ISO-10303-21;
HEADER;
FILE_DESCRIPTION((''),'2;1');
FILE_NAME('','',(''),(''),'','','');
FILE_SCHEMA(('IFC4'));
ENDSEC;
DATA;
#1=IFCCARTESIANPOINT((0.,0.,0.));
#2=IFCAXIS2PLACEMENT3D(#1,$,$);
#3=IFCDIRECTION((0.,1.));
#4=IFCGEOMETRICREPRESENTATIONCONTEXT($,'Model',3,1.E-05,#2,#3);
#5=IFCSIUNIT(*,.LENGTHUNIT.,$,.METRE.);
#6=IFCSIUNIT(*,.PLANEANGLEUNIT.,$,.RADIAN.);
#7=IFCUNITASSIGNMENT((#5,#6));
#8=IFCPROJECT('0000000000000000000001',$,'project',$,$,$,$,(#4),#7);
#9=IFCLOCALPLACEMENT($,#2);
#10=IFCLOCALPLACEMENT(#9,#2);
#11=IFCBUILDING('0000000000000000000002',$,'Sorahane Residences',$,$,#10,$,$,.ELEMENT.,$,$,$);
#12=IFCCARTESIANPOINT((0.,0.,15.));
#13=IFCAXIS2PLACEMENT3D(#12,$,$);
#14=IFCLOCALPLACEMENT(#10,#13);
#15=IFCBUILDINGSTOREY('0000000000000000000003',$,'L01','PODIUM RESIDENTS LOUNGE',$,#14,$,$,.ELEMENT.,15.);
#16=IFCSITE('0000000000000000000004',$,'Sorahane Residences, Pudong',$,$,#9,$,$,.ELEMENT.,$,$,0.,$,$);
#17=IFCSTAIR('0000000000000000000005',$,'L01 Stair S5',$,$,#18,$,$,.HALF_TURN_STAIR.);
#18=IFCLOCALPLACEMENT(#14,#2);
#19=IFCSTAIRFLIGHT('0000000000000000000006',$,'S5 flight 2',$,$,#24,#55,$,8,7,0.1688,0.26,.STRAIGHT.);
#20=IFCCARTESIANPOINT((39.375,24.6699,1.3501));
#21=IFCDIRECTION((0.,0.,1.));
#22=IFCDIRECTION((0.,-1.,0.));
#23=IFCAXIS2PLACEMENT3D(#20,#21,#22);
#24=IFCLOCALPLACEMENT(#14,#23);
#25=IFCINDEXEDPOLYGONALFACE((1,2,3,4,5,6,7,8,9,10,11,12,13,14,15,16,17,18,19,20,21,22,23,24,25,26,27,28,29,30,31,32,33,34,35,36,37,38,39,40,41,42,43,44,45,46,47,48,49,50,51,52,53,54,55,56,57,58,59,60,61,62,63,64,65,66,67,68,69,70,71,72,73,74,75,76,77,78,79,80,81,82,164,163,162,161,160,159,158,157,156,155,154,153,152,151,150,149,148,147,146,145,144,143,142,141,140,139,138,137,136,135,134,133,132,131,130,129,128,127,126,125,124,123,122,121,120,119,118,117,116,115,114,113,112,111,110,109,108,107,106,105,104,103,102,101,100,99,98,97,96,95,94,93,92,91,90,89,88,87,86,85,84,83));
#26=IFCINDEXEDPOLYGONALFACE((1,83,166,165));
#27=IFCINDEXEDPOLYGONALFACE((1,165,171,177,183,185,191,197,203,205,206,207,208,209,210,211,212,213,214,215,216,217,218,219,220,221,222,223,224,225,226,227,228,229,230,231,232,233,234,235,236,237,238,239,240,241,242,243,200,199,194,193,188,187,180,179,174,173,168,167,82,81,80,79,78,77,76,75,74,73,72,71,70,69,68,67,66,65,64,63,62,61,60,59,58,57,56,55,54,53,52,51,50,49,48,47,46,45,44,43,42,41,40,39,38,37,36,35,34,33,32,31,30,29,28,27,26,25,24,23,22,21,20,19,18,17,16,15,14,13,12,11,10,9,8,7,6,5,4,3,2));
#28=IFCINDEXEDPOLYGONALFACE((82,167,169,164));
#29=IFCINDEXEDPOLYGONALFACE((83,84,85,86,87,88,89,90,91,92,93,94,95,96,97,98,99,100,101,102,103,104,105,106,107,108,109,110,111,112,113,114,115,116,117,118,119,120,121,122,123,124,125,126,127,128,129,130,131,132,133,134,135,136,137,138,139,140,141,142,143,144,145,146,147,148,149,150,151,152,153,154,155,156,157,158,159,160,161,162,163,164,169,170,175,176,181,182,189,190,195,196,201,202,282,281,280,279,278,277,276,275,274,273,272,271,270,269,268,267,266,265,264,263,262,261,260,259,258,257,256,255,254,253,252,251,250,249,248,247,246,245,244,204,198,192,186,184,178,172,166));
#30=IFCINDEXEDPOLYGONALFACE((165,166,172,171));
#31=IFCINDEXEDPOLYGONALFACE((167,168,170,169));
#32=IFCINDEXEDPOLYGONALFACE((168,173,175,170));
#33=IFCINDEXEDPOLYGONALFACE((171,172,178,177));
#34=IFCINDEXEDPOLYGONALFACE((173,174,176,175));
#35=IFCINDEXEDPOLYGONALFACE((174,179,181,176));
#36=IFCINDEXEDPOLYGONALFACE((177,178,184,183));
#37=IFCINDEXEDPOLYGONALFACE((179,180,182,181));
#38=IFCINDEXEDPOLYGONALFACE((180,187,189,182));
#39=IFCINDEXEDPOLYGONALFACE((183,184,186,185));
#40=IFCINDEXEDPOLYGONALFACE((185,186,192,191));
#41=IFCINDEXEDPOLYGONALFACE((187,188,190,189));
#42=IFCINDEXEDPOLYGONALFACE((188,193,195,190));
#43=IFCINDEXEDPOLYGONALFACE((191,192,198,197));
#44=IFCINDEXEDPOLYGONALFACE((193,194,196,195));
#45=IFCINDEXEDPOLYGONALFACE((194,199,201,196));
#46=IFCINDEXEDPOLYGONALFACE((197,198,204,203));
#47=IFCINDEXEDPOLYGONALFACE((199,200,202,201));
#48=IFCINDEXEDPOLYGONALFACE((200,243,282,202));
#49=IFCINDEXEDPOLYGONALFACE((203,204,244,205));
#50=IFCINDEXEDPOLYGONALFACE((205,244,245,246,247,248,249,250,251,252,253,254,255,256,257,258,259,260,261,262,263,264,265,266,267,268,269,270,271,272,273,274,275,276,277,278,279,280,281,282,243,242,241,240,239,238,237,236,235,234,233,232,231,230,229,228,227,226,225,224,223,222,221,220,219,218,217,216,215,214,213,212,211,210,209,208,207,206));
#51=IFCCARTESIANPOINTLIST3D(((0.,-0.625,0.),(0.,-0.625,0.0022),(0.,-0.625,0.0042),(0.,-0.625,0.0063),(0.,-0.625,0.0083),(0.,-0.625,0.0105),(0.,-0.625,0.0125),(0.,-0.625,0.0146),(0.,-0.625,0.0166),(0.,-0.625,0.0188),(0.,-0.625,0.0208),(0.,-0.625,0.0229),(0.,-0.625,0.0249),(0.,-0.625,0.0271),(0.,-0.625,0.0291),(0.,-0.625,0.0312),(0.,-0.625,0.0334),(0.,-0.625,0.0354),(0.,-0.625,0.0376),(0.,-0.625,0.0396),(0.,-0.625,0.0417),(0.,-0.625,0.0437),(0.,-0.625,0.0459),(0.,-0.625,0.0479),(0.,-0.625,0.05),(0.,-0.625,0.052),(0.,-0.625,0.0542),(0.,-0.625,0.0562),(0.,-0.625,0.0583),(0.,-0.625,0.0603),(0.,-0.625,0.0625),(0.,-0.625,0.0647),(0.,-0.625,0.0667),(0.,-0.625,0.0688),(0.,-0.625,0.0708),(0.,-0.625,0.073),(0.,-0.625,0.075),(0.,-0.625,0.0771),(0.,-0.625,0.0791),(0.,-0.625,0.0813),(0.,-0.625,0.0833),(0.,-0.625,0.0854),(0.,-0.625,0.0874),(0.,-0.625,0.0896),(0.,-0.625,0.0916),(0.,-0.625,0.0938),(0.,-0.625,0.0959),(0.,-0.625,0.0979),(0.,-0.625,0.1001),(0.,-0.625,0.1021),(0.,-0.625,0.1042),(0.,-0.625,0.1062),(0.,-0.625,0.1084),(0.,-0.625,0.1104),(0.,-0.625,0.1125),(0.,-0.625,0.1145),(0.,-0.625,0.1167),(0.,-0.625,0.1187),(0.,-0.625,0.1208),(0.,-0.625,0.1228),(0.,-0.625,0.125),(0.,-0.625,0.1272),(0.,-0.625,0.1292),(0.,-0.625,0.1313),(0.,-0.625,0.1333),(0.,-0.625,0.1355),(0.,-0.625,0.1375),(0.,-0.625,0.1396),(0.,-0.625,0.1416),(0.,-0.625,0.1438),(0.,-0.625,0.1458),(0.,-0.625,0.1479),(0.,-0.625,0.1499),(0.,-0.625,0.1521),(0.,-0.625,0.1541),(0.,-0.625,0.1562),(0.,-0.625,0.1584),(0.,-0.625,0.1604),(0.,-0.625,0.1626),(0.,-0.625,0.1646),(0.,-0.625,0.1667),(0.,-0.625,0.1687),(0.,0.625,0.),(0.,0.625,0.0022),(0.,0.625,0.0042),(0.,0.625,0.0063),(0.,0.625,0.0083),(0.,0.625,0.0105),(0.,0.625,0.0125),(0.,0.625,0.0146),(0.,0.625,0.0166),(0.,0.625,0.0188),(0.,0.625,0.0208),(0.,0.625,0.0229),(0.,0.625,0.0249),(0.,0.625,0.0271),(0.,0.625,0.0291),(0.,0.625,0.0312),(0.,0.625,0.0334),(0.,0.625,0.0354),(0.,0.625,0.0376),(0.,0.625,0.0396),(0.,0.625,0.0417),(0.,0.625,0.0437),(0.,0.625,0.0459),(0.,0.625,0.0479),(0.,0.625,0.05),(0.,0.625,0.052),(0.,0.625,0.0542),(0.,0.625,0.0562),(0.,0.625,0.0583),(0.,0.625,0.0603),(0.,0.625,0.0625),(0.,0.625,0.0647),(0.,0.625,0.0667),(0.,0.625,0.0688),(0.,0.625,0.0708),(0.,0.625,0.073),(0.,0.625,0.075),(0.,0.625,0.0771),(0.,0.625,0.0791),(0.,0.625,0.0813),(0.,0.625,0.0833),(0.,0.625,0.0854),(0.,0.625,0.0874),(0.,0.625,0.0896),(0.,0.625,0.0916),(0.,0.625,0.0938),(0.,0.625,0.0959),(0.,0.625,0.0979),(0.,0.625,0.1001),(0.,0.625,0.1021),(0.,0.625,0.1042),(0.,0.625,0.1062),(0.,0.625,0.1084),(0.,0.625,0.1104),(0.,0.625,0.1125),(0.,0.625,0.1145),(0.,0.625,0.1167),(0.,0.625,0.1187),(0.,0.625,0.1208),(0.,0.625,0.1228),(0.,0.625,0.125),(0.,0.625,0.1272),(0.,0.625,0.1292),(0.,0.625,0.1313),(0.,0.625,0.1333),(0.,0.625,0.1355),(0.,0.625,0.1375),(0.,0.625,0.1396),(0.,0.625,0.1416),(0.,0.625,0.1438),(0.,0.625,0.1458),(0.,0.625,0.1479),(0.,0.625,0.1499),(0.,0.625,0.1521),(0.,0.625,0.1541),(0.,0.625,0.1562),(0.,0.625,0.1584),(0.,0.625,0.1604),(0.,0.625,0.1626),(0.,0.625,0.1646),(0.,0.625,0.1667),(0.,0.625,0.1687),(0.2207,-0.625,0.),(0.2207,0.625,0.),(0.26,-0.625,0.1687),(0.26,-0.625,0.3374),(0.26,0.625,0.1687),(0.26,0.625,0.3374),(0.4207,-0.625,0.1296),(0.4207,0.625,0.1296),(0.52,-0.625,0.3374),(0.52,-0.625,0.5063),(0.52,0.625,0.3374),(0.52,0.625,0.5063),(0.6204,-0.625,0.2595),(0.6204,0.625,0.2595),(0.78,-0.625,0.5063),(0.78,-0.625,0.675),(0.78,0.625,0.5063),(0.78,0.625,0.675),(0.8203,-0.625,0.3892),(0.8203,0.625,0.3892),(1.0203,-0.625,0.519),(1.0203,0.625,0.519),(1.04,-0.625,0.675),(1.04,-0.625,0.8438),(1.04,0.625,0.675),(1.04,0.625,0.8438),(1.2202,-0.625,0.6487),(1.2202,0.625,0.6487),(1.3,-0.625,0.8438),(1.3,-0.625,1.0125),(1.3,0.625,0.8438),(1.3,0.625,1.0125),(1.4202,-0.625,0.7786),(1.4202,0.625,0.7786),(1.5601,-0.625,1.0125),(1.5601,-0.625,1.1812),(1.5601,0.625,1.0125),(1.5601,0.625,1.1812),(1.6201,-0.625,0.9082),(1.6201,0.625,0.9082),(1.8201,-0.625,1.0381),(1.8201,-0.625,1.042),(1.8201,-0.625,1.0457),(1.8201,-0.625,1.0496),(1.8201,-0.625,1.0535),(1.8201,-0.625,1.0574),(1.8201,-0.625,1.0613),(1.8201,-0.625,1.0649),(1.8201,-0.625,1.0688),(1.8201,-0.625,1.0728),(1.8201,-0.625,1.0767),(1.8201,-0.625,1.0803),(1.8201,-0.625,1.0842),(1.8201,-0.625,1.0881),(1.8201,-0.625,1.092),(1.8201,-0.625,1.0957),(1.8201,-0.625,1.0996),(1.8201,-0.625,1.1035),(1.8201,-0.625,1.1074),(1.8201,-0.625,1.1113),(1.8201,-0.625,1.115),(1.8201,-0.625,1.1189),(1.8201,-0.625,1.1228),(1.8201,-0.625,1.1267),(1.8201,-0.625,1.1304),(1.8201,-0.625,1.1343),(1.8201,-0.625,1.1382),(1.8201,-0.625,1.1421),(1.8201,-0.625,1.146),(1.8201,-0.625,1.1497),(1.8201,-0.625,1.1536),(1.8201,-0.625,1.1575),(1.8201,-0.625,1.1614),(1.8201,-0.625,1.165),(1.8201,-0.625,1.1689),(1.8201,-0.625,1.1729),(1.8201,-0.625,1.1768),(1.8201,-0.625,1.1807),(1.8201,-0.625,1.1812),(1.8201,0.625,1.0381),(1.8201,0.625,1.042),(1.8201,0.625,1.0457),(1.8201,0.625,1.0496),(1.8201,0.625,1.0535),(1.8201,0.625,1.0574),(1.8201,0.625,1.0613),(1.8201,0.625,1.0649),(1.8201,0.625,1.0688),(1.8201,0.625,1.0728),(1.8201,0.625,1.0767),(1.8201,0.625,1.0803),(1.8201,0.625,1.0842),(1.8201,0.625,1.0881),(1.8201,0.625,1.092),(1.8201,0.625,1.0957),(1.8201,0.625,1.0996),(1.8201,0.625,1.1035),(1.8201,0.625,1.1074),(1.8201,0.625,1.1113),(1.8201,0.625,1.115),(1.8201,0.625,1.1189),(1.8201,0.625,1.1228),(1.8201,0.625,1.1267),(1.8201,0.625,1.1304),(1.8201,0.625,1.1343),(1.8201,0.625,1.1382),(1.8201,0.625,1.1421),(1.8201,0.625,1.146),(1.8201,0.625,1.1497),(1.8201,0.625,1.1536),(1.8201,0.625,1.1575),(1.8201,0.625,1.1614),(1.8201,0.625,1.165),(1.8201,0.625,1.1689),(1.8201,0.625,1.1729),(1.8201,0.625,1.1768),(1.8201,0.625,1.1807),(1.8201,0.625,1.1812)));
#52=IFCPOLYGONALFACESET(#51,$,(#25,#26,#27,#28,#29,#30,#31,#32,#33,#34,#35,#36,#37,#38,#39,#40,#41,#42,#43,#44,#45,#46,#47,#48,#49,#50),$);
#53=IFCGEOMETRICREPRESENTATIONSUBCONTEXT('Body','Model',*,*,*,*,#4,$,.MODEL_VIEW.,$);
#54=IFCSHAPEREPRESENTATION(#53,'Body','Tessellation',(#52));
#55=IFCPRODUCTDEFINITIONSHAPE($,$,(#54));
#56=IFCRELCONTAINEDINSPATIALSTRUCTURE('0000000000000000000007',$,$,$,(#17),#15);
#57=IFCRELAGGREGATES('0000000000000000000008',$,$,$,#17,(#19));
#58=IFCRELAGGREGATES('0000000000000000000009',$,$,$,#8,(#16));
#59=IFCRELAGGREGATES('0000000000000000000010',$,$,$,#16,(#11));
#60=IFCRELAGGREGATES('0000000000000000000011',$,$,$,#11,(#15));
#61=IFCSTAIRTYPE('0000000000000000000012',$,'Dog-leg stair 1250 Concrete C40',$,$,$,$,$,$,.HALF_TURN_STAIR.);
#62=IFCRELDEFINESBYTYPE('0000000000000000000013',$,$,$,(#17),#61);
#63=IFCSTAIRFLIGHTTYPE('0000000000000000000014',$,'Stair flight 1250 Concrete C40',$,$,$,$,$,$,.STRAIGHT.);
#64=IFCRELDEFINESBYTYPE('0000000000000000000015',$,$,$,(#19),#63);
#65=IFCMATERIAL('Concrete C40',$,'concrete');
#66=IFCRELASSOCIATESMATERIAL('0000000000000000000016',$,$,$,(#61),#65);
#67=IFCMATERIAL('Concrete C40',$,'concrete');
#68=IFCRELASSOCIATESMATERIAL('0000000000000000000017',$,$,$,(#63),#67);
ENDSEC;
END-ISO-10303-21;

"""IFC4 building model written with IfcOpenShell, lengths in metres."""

from ifc_helpers import new_model, si_unit, direction, frame, origin, place, context, subcontext, project, spatial, polyline, outline, extrude, material, type_object, element, aggregate, save


model = new_model("IFC4")

# Units and contexts
model_context = context("Model", 3, precision=1e-05, world=origin(), true_north=direction((0.0, 1.0)))
body_context = subcontext(model_context, "Body", "Model", "MODEL_VIEW")
ifc_project = project(units=[si_unit("LENGTHUNIT", "METRE"), si_unit("PLANEANGLEUNIT", "RADIAN")], contexts=[model_context])

# Site, building, storey
site_placement = place(None, origin())
site = spatial("IfcSite", under=ifc_project, at=site_placement, Name="Sorahane Residences, Pudong", CompositionType="ELEMENT", RefElevation=0.0)
building_placement = place(site_placement, origin())
building = spatial("IfcBuilding", under=site, at=building_placement, Name="Sorahane Residences", CompositionType="ELEMENT")
storey_placement = place(building_placement, frame((0.0, 0.0, 15.0)))
storey = spatial("IfcBuildingStorey", under=building, at=storey_placement, Name="L01", Description="PODIUM RESIDENTS LOUNGE", CompositionType="ELEMENT", Elevation=15.0)

# Stair, stair flight
ifc_material_1 = material(Name="Concrete C40", Category="concrete")
stair_type = type_object("IfcStairType", Name="Dog-leg stair 1250 Concrete C40", PredefinedType="HALF_TURN_STAIR", material=ifc_material_1)
stair_placement = place(storey_placement, origin())
stair = element("IfcStair", 1, at=stair_placement, inside=storey, type_object=stair_type, Name="L01 Stair S5", PredefinedType="HALF_TURN_STAIR")
ifc_material_2 = material(Name="Concrete C40", Category="concrete")
stair_flight_type = type_object("IfcStairFlightType", Name="Stair flight 1250 Concrete C40", PredefinedType="STRAIGHT", material=ifc_material_2)
stair_flight_1_placement = place(storey_placement, frame((39.375, 24.6699, 1.3501), z_axis=(0.0, 0.0, 1.0), x_axis=(0.0, -1.0, 0.0)))
stair_flight_1 = element("IfcStairFlight", 2, at=stair_flight_1_placement, type_object=stair_flight_type, Name="S5 flight 2", NumberOfRisers=8, NumberOfTreads=7, PredefinedType="STRAIGHT", RiserHeight=0.1688, TreadLength=0.26, context=body_context, shape_type="SweptSolid", body=[
    extrude(outline(polyline([(0.0, 0.0), (0.0, 0.0022), (0.0, 0.0042), (0.0, 0.0063), (0.0, 0.0083), (0.0, 0.0105), (0.0, 0.0125), (0.0, 0.0146), (0.0, 0.0166), (0.0, 0.0188), (0.0, 0.0208), (0.0, 0.0229), (0.0, 0.0249), (0.0, 0.0271), (0.0, 0.0291), (0.0, 0.0312), (0.0, 0.0334), (0.0, 0.0354), (0.0, 0.0376), (0.0, 0.0396), (0.0, 0.0417), (0.0, 0.0437), (0.0, 0.0459), (0.0, 0.0479), (0.0, 0.05), (0.0, 0.052), (0.0, 0.0542), (0.0, 0.0562), (0.0, 0.0583), (0.0, 0.0603), (0.0, 0.0625), (0.0, 0.0647), (0.0, 0.0667), (0.0, 0.0688), (0.0, 0.0708), (0.0, 0.073), (0.0, 0.075), (0.0, 0.0771), (0.0, 0.0791), (0.0, 0.0813), (0.0, 0.0833), (0.0, 0.0854), (0.0, 0.0874), (0.0, 0.0896), (0.0, 0.0916), (0.0, 0.0938), (0.0, 0.0959), (0.0, 0.0979), (0.0, 0.1001), (0.0, 0.1021), (0.0, 0.1042), (0.0, 0.1062), (0.0, 0.1084), (0.0, 0.1104), (0.0, 0.1125), (0.0, 0.1145), (0.0, 0.1167), (0.0, 0.1187), (0.0, 0.1208), (0.0, 0.1228), (0.0, 0.125), (0.0, 0.1272), (0.0, 0.1292), (0.0, 0.1313), (0.0, 0.1333), (0.0, 0.1355), (0.0, 0.1375), (0.0, 0.1396), (0.0, 0.1416), (0.0, 0.1438), (0.0, 0.1458), (0.0, 0.1479), (0.0, 0.1499), (0.0, 0.1521), (0.0, 0.1541), (0.0, 0.1562), (0.0, 0.1584), (0.0, 0.1604), (0.0, 0.1626), (0.0, 0.1646), (0.0, 0.1667), (0.0, 0.1687), (0.26, 0.1687), (0.26, 0.3374), (0.52, 0.3374), (0.52, 0.5063), (0.78, 0.5063), (0.78, 0.675), (1.04, 0.675), (1.04, 0.8438), (1.3, 0.8438), (1.3, 1.0125), (1.5601, 1.0125), (1.5601, 1.1812), (1.8201, 1.1812), (1.8201, 1.3501), (1.8201, 1.3462), (1.8201, 1.3423), (1.8201, 1.3384), (1.8201, 1.3347), (1.8201, 1.3308), (1.8201, 1.3269), (1.8201, 1.323), (1.8201, 1.3191), (1.8201, 1.3154), (1.8201, 1.3115), (1.8201, 1.3076), (1.8201, 1.3037), (1.8201, 1.3), (1.8201, 1.2961), (1.8201, 1.2922), (1.8201, 1.2883), (1.8201, 1.2844), (1.8201, 1.2808), (1.8201, 1.2769), (1.8201, 1.2729), (1.8201, 1.269), (1.8201, 1.2654), (1.8201, 1.2615), (1.8201, 1.2576), (1.8201, 1.2537), (1.8201, 1.2498), (1.8201, 1.2461), (1.8201, 1.2422), (1.8201, 1.2383), (1.8201, 1.2344), (1.8201, 1.2307), (1.8201, 1.2268), (1.8201, 1.2229), (1.8201, 1.219), (1.8201, 1.2151), (1.8201, 1.2114), (1.8201, 1.2075), (1.8201, 1.2036), (1.8201, 1.1997), (1.8201, 1.196), (1.8201, 1.1921), (1.8201, 1.1882), (1.8201, 1.1843), (1.8201, 1.1807), (1.8201, 1.1768), (1.8201, 1.1729), (1.8201, 1.1689), (1.8201, 1.165), (1.8201, 1.1614), (1.8201, 1.1575), (1.8201, 1.1536), (1.8201, 1.1497), (1.8201, 1.146), (1.8201, 1.1421), (1.8201, 1.1382), (1.8201, 1.1343), (1.8201, 1.1304), (1.8201, 1.1267), (1.8201, 1.1228), (1.8201, 1.1189), (1.8201, 1.115), (1.8201, 1.1113), (1.8201, 1.1074), (1.8201, 1.1035), (1.8201, 1.0996), (1.8201, 1.0957), (1.8201, 1.092), (1.8201, 1.0881), (1.8201, 1.0842), (1.8201, 1.0803), (1.8201, 1.0767), (1.8201, 1.0728), (1.8201, 1.0688), (1.8201, 1.0649), (1.8201, 1.0613), (1.8201, 1.0574), (1.8201, 1.0535), (1.8201, 1.0496), (1.8201, 1.0457), (1.8201, 1.042), (1.8201, 1.0381), (1.6201, 0.9082), (1.4202, 0.7786), (1.2202, 0.6487), (1.0203, 0.519), (0.8203, 0.3892), (0.6204, 0.2595), (0.4207, 0.1296), (0.2207, 0.0), (0.0, 0.0)])), frame((0.0, 0.625, 0.0), z_axis=(0.0, -1.0, 0.0), x_axis=(1.0, 0.0, 0.0)), (0.0, 0.0, 1.0), 1.25),
])
aggregate(stair, [stair_flight_1])

save(model, "model.ifc")
